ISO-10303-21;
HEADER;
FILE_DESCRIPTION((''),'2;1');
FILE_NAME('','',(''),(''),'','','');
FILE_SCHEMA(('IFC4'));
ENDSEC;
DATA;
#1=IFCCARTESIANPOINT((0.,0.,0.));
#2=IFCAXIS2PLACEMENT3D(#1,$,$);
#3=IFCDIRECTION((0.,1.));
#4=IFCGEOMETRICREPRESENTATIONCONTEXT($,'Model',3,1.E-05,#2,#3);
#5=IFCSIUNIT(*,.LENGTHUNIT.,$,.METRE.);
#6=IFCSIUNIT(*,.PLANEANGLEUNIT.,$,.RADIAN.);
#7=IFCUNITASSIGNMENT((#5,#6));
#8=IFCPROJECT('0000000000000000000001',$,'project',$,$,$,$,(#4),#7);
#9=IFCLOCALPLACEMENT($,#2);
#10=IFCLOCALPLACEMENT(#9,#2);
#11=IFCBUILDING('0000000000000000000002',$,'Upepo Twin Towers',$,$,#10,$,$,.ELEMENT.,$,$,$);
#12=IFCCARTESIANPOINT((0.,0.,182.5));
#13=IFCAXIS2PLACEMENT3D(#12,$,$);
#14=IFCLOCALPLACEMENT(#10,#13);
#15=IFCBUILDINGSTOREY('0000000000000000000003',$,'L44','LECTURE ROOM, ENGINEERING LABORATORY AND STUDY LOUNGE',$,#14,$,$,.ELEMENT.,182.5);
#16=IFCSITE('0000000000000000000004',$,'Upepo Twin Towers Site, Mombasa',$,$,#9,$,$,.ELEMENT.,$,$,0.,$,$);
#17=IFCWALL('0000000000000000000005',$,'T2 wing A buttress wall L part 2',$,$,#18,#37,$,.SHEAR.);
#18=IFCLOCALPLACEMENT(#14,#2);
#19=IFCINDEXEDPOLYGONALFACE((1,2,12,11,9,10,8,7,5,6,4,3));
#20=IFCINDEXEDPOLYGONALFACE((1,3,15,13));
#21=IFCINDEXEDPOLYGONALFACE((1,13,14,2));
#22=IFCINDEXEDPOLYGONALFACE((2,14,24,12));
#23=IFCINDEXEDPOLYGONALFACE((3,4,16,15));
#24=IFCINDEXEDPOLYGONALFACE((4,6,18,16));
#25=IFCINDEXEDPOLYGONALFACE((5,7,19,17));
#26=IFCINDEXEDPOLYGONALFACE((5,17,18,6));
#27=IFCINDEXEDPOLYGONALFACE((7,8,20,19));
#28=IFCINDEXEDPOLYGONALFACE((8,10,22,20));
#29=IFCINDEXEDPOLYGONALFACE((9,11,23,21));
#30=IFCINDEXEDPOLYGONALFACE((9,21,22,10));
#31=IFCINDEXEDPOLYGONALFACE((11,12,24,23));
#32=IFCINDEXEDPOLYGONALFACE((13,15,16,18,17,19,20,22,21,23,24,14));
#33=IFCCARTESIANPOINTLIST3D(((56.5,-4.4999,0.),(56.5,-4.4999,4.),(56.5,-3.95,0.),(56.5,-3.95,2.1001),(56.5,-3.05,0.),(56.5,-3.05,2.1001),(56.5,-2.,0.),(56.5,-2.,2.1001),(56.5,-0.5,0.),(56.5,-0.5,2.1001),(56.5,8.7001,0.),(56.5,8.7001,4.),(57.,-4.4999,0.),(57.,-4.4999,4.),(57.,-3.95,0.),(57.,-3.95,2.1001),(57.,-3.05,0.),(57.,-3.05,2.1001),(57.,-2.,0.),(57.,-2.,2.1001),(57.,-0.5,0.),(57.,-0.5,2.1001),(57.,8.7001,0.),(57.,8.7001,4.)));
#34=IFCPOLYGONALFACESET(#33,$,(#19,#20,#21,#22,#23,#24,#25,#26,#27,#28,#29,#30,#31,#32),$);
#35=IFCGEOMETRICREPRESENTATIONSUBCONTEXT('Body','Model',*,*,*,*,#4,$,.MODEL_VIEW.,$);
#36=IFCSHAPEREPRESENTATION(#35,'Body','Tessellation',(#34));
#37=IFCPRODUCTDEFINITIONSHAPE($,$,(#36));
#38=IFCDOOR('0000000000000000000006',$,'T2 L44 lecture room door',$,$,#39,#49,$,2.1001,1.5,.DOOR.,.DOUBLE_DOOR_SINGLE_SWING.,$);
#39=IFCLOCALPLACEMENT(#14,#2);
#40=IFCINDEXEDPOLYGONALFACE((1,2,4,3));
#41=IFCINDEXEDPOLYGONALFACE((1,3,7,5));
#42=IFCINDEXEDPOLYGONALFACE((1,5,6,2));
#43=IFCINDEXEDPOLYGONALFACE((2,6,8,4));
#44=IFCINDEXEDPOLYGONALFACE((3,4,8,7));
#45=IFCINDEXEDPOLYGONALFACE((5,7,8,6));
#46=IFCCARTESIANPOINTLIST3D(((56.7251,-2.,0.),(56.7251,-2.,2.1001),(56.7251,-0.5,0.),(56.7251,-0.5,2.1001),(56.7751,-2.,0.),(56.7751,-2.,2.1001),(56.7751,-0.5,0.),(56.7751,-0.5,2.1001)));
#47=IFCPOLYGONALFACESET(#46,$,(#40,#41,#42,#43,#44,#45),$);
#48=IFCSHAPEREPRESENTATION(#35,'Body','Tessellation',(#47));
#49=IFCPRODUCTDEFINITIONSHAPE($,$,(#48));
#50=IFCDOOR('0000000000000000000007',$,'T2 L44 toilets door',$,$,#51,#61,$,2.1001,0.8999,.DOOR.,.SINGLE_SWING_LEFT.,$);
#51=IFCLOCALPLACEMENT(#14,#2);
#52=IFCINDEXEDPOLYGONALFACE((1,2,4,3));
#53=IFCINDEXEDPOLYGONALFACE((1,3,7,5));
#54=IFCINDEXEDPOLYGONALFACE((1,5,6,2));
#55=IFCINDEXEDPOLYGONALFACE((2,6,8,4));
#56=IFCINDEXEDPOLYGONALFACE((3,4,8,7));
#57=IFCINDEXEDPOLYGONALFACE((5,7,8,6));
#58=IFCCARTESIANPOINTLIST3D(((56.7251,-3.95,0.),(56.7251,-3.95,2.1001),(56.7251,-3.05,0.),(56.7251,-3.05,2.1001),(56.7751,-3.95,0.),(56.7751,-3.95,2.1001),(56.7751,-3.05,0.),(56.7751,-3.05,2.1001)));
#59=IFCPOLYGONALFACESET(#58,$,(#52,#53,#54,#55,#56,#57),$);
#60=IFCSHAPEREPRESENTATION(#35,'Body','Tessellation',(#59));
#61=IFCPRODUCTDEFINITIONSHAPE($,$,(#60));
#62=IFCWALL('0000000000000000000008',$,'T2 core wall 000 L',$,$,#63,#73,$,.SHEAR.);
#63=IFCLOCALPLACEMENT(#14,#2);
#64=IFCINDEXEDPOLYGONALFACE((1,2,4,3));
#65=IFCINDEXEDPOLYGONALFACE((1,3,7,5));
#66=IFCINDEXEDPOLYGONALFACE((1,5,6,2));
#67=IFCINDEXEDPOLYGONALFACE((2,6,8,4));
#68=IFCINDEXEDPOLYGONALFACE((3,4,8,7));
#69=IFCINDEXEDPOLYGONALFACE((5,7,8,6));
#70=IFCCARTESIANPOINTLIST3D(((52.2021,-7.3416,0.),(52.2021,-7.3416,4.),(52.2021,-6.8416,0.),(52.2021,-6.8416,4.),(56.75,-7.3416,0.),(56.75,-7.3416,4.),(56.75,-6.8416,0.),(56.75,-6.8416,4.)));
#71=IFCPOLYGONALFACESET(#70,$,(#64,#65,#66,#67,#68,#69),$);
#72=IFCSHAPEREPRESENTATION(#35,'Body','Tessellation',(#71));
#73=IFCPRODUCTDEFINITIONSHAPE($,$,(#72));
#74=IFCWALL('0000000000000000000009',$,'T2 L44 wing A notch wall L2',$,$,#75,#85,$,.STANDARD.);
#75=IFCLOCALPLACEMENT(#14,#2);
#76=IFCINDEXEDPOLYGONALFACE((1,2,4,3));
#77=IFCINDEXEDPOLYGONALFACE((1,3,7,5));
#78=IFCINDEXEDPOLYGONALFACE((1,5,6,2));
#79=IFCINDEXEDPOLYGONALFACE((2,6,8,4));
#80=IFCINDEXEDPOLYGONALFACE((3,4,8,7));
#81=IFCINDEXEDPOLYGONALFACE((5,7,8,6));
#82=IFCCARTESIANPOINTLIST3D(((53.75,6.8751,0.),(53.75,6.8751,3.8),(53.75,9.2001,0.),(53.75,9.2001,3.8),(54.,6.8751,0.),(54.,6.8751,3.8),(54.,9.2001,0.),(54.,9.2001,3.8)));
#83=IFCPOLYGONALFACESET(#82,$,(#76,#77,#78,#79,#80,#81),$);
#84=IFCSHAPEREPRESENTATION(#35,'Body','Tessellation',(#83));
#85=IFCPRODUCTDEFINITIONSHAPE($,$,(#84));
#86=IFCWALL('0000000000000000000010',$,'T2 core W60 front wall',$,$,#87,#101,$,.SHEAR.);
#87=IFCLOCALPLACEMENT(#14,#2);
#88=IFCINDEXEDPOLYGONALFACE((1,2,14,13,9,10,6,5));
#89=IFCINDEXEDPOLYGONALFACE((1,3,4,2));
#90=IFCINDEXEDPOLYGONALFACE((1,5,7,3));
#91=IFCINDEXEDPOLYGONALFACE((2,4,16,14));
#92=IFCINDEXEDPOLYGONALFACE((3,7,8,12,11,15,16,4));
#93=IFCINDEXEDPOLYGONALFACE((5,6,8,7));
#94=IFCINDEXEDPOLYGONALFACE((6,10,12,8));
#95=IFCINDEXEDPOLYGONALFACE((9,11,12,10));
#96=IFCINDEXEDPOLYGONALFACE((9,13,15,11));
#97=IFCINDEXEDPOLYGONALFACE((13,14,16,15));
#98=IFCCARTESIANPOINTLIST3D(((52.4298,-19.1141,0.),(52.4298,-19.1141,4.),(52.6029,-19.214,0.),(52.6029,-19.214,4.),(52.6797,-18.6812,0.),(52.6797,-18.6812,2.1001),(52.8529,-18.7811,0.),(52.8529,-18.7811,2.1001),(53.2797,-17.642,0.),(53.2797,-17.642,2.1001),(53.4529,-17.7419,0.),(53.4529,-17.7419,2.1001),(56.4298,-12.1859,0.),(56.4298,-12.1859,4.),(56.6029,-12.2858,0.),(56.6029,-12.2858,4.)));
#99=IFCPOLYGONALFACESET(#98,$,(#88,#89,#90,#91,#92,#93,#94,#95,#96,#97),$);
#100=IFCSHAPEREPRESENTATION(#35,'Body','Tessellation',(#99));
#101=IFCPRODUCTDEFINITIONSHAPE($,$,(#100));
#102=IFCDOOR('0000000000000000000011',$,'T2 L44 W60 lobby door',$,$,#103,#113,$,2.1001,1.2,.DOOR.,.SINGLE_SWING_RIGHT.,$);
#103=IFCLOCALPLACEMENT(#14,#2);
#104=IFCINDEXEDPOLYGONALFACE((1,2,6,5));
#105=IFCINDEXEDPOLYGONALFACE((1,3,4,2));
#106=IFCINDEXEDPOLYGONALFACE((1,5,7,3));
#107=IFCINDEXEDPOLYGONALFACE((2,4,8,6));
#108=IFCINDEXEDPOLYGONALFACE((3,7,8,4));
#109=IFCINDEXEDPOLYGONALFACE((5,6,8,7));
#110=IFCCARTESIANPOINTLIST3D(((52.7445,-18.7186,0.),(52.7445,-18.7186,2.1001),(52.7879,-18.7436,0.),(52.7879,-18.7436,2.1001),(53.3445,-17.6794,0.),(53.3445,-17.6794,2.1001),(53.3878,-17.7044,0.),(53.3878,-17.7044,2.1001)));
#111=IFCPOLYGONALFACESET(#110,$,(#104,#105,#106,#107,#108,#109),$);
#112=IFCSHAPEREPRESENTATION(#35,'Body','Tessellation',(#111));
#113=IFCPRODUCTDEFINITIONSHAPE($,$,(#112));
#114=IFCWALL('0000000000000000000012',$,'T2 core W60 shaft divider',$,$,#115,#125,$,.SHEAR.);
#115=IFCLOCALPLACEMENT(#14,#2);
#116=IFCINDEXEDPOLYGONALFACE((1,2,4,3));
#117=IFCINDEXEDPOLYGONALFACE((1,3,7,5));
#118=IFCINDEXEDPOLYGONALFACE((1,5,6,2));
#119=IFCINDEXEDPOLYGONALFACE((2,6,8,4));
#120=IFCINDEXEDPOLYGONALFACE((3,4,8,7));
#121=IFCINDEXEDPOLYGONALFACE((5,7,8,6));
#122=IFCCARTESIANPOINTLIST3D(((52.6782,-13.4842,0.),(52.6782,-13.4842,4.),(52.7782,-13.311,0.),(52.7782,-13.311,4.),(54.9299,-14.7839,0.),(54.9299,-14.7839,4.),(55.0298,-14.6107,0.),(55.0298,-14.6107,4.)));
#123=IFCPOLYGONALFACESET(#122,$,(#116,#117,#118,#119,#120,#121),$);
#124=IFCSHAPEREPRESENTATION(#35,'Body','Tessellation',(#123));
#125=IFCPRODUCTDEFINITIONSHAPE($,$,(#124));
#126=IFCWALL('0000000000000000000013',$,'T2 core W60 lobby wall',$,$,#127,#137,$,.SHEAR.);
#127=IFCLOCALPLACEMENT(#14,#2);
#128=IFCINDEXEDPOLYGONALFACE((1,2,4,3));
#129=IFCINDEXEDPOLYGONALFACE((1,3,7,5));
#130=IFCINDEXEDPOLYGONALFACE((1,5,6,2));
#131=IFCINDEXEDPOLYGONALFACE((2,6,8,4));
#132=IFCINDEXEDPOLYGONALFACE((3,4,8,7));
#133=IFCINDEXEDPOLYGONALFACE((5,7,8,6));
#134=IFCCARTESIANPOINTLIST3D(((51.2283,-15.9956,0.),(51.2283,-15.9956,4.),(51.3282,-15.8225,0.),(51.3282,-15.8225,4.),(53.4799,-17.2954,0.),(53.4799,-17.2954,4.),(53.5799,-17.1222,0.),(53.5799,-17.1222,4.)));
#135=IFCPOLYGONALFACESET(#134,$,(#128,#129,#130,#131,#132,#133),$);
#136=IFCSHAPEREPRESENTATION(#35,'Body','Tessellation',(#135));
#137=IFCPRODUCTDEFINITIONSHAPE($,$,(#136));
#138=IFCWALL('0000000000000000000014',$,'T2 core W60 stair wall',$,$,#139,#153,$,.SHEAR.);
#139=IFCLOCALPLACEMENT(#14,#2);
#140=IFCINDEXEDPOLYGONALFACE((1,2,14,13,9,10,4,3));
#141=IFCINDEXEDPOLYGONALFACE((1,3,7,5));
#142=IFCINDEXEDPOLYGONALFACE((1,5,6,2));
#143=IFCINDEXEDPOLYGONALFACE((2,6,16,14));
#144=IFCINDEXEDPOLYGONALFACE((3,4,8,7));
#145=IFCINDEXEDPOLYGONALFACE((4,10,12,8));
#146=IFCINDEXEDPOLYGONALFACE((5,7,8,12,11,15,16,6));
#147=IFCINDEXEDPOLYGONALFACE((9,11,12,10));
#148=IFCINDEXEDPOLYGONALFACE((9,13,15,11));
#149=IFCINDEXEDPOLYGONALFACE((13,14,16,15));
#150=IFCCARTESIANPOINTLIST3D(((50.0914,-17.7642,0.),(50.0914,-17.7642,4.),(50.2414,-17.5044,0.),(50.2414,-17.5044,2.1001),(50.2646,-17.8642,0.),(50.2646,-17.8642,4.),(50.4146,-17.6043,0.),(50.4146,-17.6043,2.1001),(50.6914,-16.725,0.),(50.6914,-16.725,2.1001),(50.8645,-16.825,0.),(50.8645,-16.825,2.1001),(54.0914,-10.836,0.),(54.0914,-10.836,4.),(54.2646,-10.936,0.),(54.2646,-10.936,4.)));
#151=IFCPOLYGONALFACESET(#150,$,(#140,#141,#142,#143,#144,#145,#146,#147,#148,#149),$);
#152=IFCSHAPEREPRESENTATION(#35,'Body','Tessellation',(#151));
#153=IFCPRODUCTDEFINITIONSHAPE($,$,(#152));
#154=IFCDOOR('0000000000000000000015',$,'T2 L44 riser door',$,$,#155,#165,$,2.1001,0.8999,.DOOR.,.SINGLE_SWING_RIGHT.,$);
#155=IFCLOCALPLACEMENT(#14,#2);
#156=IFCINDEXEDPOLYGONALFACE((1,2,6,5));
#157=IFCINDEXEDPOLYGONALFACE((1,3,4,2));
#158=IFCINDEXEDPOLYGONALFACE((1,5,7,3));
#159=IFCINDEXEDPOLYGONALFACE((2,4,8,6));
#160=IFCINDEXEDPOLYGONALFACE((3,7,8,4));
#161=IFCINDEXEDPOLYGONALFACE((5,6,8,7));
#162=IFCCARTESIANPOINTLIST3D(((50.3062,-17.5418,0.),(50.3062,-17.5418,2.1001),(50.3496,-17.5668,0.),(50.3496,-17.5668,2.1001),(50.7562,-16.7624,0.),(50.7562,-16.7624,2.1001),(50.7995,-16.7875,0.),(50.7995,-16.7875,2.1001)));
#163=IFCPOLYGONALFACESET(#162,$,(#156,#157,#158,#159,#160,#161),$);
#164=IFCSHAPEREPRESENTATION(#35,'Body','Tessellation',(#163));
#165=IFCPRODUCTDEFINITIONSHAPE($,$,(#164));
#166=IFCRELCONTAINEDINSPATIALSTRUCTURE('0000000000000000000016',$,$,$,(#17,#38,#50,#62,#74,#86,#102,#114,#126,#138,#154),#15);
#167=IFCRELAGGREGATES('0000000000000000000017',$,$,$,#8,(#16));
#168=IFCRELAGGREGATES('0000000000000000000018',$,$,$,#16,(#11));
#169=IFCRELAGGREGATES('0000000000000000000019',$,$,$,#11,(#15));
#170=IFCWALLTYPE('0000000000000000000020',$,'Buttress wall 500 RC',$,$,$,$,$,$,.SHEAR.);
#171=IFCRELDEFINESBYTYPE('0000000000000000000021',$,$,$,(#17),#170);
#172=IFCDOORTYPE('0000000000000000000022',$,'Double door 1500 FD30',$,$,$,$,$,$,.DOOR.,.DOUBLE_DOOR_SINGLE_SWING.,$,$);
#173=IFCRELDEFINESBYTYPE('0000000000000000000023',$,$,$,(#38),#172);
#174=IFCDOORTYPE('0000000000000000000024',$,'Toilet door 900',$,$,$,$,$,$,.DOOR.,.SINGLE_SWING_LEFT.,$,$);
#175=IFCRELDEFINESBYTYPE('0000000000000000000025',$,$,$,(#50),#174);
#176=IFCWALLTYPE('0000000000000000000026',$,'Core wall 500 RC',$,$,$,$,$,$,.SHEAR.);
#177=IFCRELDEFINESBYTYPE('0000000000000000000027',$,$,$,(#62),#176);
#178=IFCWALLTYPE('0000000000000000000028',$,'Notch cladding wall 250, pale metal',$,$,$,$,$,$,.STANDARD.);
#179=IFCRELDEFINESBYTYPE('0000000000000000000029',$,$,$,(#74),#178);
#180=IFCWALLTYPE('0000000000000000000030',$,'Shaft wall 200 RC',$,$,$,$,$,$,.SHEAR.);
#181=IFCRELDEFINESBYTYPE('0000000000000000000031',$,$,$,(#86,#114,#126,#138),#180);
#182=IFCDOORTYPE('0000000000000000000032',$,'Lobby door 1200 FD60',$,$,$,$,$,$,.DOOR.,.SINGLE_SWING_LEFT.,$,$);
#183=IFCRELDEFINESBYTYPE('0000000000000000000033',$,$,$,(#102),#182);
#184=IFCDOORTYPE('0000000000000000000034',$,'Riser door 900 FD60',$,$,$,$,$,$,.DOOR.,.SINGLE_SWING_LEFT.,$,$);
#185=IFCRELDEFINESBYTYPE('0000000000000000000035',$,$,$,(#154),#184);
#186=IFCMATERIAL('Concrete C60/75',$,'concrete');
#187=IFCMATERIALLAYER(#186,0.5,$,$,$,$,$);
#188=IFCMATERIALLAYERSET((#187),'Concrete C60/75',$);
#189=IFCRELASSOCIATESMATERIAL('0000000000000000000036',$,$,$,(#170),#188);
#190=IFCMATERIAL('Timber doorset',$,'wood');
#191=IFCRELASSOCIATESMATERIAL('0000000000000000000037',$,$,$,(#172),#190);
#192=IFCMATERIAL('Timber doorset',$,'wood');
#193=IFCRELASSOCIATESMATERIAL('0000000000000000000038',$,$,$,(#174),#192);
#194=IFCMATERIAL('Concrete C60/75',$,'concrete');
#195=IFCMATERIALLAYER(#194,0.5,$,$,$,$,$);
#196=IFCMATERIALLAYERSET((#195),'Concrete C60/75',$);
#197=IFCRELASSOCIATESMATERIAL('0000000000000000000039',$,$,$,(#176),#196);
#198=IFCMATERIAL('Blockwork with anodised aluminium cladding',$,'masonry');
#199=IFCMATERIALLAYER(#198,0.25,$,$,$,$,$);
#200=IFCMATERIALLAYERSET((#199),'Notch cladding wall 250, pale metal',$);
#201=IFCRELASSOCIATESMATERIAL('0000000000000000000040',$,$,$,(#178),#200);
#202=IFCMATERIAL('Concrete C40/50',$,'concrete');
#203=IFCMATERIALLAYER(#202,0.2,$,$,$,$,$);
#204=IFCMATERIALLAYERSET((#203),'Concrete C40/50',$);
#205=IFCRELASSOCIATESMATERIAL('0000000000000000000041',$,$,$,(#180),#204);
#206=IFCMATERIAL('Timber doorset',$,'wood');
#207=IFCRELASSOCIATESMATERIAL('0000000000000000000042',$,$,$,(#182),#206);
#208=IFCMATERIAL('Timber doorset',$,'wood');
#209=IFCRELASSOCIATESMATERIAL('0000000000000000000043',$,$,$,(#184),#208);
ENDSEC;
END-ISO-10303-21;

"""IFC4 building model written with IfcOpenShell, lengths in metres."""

from ifc_helpers import new_model, si_unit, direction, frame, frame_2d, origin, place, context, subcontext, project, spatial, rectangle, extrude, material, layer, layer_set, type_object, element, fill, save


model = new_model("IFC4")

# Units and contexts
model_context = context("Model", 3, precision=1e-05, world=origin(), true_north=direction((0.0, 1.0)))
body_context = subcontext(model_context, "Body", "Model", "MODEL_VIEW")
ifc_project = project(units=[si_unit("LENGTHUNIT", "METRE"), si_unit("PLANEANGLEUNIT", "RADIAN")], contexts=[model_context])

# Site, building, storey
site_placement = place(None, origin())
site = spatial("IfcSite", under=ifc_project, at=site_placement, Name="Upepo Twin Towers Site, Mombasa", CompositionType="ELEMENT", RefElevation=0.0)
building_placement = place(site_placement, origin())
building = spatial("IfcBuilding", under=site, at=building_placement, Name="Upepo Twin Towers", CompositionType="ELEMENT")
storey_placement = place(building_placement, frame((0.0, 0.0, 182.5)))
storey = spatial("IfcBuildingStorey", under=building, at=storey_placement, Name="L44", Description="LECTURE ROOM, ENGINEERING LABORATORY AND STUDY LOUNGE", CompositionType="ELEMENT", Elevation=182.5)

# Wall, openings, doors
ifc_material_1 = material(Name="Concrete C60/75", Category="concrete")
ifc_layer_1 = layer(ifc_material_1, 0.5)
ifc_layer_set_1 = layer_set([ifc_layer_1], Name="Concrete C60/75")
wall_type_1 = type_object("IfcWallType", Name="Buttress wall 500 RC", PredefinedType="SHEAR", material=ifc_layer_set_1)
wall_1_placement = place(storey_placement, frame((56.75, -4.5, 0.0), z_axis=(0.0, 0.0, 1.0), x_axis=(0.0, 1.0, 0.0)))
wall_1 = element("IfcWall", 1, at=wall_1_placement, inside=storey, type_object=wall_type_1, Name="T2 wing A buttress wall L part 2", PredefinedType="SHEAR", context=body_context, shape_type="SweptSolid", body=[
    extrude(rectangle(XDim=13.2, YDim=0.5, at=frame_2d((6.6001, 0.0))), origin(), (0.0, 0.0, 1.0), 4.0),
])
opening_1_placement = place(wall_1_placement, frame((0.55, 0.0, 0.0)))
opening_1 = element("IfcOpeningElement", 2, at=opening_1_placement, cuts=wall_1, PredefinedType="OPENING", context=body_context, shape_type="SweptSolid", body=[
    extrude(rectangle(XDim=0.8999, YDim=2.1001, at=frame_2d((0.45, 1.05))), frame((0.0, 0.26, 0.0), z_axis=(0.0, -1.0, 0.0), x_axis=(1.0, 0.0, 0.0)), (0.0, 0.0, 1.0), 0.52),
])
opening_2_placement = place(wall_1_placement, frame((2.5, 0.0, 0.0)))
opening_2 = element("IfcOpeningElement", 3, at=opening_2_placement, cuts=wall_1, PredefinedType="OPENING", context=body_context, shape_type="SweptSolid", body=[
    extrude(rectangle(XDim=1.5, YDim=2.1001, at=frame_2d((0.75, 1.05))), frame((0.0, 0.26, 0.0), z_axis=(0.0, -1.0, 0.0), x_axis=(1.0, 0.0, 0.0)), (0.0, 0.0, 1.0), 0.52),
])
ifc_material_2 = material(Name="Timber doorset", Category="wood")
door_type_1 = type_object("IfcDoorType", Name="Double door 1500 FD30", OperationType="DOUBLE_DOOR_SINGLE_SWING", PredefinedType="DOOR", material=ifc_material_2)
door_1_placement = place(opening_2_placement, origin())
door_1 = element("IfcDoor", 4, at=door_1_placement, inside=storey, type_object=door_type_1, Name="T2 L44 lecture room door", OperationType="DOUBLE_DOOR_SINGLE_SWING", OverallHeight=2.1001, OverallWidth=1.5, PredefinedType="DOOR", context=body_context, shape_type="SweptSolid", body=[
    extrude(rectangle(XDim=1.5, YDim=2.1001, at=frame_2d((0.75, 1.05))), frame((0.0, 0.0249, 0.0), z_axis=(0.0, -1.0, 0.0), x_axis=(1.0, 0.0, 0.0)), (0.0, 0.0, 1.0), 0.05),
])
fill(opening_2, door_1)
ifc_material_3 = material(Name="Timber doorset", Category="wood")
door_type_2 = type_object("IfcDoorType", Name="Toilet door 900", OperationType="SINGLE_SWING_LEFT", PredefinedType="DOOR", material=ifc_material_3)
door_2_placement = place(opening_1_placement, origin())
door_2 = element("IfcDoor", 5, at=door_2_placement, inside=storey, type_object=door_type_2, Name="T2 L44 toilets door", OperationType="SINGLE_SWING_LEFT", OverallHeight=2.1001, OverallWidth=0.8999, PredefinedType="DOOR", context=body_context, shape_type="SweptSolid", body=[
    extrude(rectangle(XDim=0.8999, YDim=2.1001, at=frame_2d((0.45, 1.05))), frame((0.0, 0.0249, 0.0), z_axis=(0.0, -1.0, 0.0), x_axis=(1.0, 0.0, 0.0)), (0.0, 0.0, 1.0), 0.05),
])
fill(opening_1, door_2)

# Walls
ifc_material_4 = material(Name="Concrete C60/75", Category="concrete")
ifc_layer_2 = layer(ifc_material_4, 0.5)
ifc_layer_set_2 = layer_set([ifc_layer_2], Name="Concrete C60/75")
wall_type_2 = type_object("IfcWallType", Name="Core wall 500 RC", PredefinedType="SHEAR", material=ifc_layer_set_2)
wall_2_placement = place(storey_placement, frame((56.75, -7.0916, 0.0), z_axis=(0.0, 0.0, 1.0), x_axis=(-1.0, 0.0, 0.0)))
element("IfcWall", 6, at=wall_2_placement, inside=storey, type_object=wall_type_2, Name="T2 core wall 000 L", PredefinedType="SHEAR", context=body_context, shape_type="SweptSolid", body=[
    extrude(rectangle(XDim=4.5479, YDim=0.5, at=frame_2d((2.2739, 0.0))), origin(), (0.0, 0.0, 1.0), 4.0),
])
ifc_material_5 = material(Name="Blockwork with anodised aluminium cladding", Category="masonry")
ifc_layer_3 = layer(ifc_material_5, 0.25)
ifc_layer_set_3 = layer_set([ifc_layer_3], Name="Notch cladding wall 250, pale metal")
wall_type_3 = type_object("IfcWallType", Name="Notch cladding wall 250, pale metal", PredefinedType="STANDARD", material=ifc_layer_set_3)
wall_3_placement = place(storey_placement, frame((53.875, 6.875, 0.0), z_axis=(0.0, 0.0, 1.0), x_axis=(0.0, 1.0, 0.0)))
element("IfcWall", 7, at=wall_3_placement, inside=storey, type_object=wall_type_3, Name="T2 L44 wing A notch wall L2", PredefinedType="STANDARD", context=body_context, shape_type="SweptSolid", body=[
    extrude(rectangle(XDim=2.325, YDim=0.25, at=frame_2d((1.1626, 0.0))), origin(), (0.0, 0.0, 1.0), 3.8),
])

# Wall, opening, door
ifc_material_6 = material(Name="Concrete C40/50", Category="concrete")
ifc_layer_4 = layer(ifc_material_6, 0.2)
ifc_layer_set_4 = layer_set([ifc_layer_4], Name="Concrete C40/50")
wall_type_4 = type_object("IfcWallType", Name="Shaft wall 200 RC", PredefinedType="SHEAR", material=ifc_layer_set_4)
wall_4_placement = place(storey_placement, frame((56.5164, -12.2358, 0.0), z_axis=(0.0, 0.0, 1.0), x_axis=(-0.499999, -0.866026, 0.0)))
wall_4 = element("IfcWall", 8, at=wall_4_placement, inside=storey, type_object=wall_type_4, Name="T2 core W60 front wall", PredefinedType="SHEAR", context=body_context, shape_type="SweptSolid", body=[
    extrude(rectangle(XDim=8.0, YDim=0.2, at=frame_2d((4.0, 0.0))), origin(), (0.0, 0.0, 1.0), 4.0),
])
opening_3_placement = place(wall_4_placement, frame((6.3, 0.0, 0.0)))
opening_3 = element("IfcOpeningElement", 9, at=opening_3_placement, cuts=wall_4, PredefinedType="OPENING", context=body_context, shape_type="SweptSolid", body=[
    extrude(rectangle(XDim=1.2, YDim=2.1001, at=frame_2d((0.6001, 1.05))), frame((0.0, 0.1099, 0.0), z_axis=(0.0, -1.0, 0.0), x_axis=(1.0, 0.0, 0.0)), (0.0, 0.0, 1.0), 0.22),
])
ifc_material_7 = material(Name="Timber doorset", Category="wood")
door_type_3 = type_object("IfcDoorType", Name="Lobby door 1200 FD60", OperationType="SINGLE_SWING_LEFT", PredefinedType="DOOR", material=ifc_material_7)
door_3_placement = place(opening_3_placement, origin())
door_3 = element("IfcDoor", 10, at=door_3_placement, inside=storey, type_object=door_type_3, Name="T2 L44 W60 lobby door", OperationType="SINGLE_SWING_RIGHT", OverallHeight=2.1001, OverallWidth=1.2, PredefinedType="DOOR", context=body_context, shape_type="SweptSolid", body=[
    extrude(rectangle(XDim=1.2, YDim=2.1001, at=frame_2d((0.6001, 1.05))), frame((0.0, 0.0249, 0.0), z_axis=(0.0, -1.0, 0.0), x_axis=(1.0, 0.0, 0.0)), (0.0, 0.0, 1.0), 0.05),
])
fill(opening_3, door_3)

# Walls
for number, where, z_axis, x_axis, name in (
    (11, (54.9797, -14.6973, 0.0), (0.0, 0.0, 1.0), (-0.866062, 0.499937, 0.0), "T2 core W60 shaft divider"),
    (12, (53.5298, -17.2087, 0.0), (0.0, 0.0, 1.0), (-0.866062, 0.499937, 0.0), "T2 core W60 lobby wall"),
):
    element("IfcWall", number, at=place(storey_placement, frame(where, z_axis=z_axis, x_axis=x_axis)), inside=storey, type_object=wall_type_4, Name=name, PredefinedType="SHEAR", context=body_context, shape_type="SweptSolid", body=[
        extrude(rectangle(XDim=2.5999, YDim=0.2, at=frame_2d((1.2998, 0.0))), origin(), (0.0, 0.0, 1.0), 4.0),
    ])

# Wall, opening, door
wall_5_placement = place(storey_placement, frame((54.178, -10.886, 0.0), z_axis=(0.0, 0.0, 1.0), x_axis=(-0.499999, -0.866026, 0.0)))
wall_5 = element("IfcWall", 13, at=wall_5_placement, inside=storey, type_object=wall_type_4, Name="T2 core W60 stair wall", PredefinedType="SHEAR", context=body_context, shape_type="SweptSolid", body=[
    extrude(rectangle(XDim=8.0, YDim=0.2, at=frame_2d((4.0, 0.0))), origin(), (0.0, 0.0, 1.0), 4.0),
])
opening_4_placement = place(wall_5_placement, frame((6.8, 0.0, 0.0)))
opening_4 = element("IfcOpeningElement", 14, at=opening_4_placement, cuts=wall_5, PredefinedType="OPENING", context=body_context, shape_type="SweptSolid", body=[
    extrude(rectangle(XDim=0.8999, YDim=2.1001, at=frame_2d((0.45, 1.05))), frame((0.0, 0.1099, 0.0), z_axis=(0.0, -1.0, 0.0), x_axis=(1.0, 0.0, 0.0)), (0.0, 0.0, 1.0), 0.22),
])
ifc_material_8 = material(Name="Timber doorset", Category="wood")
door_type_4 = type_object("IfcDoorType", Name="Riser door 900 FD60", OperationType="SINGLE_SWING_LEFT", PredefinedType="DOOR", material=ifc_material_8)
door_4_placement = place(opening_4_placement, origin())
door_4 = element("IfcDoor", 15, at=door_4_placement, inside=storey, type_object=door_type_4, Name="T2 L44 riser door", OperationType="SINGLE_SWING_RIGHT", OverallHeight=2.1001, OverallWidth=0.8999, PredefinedType="DOOR", context=body_context, shape_type="SweptSolid", body=[
    extrude(rectangle(XDim=0.8999, YDim=2.1001, at=frame_2d((0.45, 1.05))), frame((0.0, 0.0249, 0.0), z_axis=(0.0, -1.0, 0.0), x_axis=(1.0, 0.0, 0.0)), (0.0, 0.0, 1.0), 0.05),
])
fill(opening_4, door_4)

save(model, "model.ifc")
